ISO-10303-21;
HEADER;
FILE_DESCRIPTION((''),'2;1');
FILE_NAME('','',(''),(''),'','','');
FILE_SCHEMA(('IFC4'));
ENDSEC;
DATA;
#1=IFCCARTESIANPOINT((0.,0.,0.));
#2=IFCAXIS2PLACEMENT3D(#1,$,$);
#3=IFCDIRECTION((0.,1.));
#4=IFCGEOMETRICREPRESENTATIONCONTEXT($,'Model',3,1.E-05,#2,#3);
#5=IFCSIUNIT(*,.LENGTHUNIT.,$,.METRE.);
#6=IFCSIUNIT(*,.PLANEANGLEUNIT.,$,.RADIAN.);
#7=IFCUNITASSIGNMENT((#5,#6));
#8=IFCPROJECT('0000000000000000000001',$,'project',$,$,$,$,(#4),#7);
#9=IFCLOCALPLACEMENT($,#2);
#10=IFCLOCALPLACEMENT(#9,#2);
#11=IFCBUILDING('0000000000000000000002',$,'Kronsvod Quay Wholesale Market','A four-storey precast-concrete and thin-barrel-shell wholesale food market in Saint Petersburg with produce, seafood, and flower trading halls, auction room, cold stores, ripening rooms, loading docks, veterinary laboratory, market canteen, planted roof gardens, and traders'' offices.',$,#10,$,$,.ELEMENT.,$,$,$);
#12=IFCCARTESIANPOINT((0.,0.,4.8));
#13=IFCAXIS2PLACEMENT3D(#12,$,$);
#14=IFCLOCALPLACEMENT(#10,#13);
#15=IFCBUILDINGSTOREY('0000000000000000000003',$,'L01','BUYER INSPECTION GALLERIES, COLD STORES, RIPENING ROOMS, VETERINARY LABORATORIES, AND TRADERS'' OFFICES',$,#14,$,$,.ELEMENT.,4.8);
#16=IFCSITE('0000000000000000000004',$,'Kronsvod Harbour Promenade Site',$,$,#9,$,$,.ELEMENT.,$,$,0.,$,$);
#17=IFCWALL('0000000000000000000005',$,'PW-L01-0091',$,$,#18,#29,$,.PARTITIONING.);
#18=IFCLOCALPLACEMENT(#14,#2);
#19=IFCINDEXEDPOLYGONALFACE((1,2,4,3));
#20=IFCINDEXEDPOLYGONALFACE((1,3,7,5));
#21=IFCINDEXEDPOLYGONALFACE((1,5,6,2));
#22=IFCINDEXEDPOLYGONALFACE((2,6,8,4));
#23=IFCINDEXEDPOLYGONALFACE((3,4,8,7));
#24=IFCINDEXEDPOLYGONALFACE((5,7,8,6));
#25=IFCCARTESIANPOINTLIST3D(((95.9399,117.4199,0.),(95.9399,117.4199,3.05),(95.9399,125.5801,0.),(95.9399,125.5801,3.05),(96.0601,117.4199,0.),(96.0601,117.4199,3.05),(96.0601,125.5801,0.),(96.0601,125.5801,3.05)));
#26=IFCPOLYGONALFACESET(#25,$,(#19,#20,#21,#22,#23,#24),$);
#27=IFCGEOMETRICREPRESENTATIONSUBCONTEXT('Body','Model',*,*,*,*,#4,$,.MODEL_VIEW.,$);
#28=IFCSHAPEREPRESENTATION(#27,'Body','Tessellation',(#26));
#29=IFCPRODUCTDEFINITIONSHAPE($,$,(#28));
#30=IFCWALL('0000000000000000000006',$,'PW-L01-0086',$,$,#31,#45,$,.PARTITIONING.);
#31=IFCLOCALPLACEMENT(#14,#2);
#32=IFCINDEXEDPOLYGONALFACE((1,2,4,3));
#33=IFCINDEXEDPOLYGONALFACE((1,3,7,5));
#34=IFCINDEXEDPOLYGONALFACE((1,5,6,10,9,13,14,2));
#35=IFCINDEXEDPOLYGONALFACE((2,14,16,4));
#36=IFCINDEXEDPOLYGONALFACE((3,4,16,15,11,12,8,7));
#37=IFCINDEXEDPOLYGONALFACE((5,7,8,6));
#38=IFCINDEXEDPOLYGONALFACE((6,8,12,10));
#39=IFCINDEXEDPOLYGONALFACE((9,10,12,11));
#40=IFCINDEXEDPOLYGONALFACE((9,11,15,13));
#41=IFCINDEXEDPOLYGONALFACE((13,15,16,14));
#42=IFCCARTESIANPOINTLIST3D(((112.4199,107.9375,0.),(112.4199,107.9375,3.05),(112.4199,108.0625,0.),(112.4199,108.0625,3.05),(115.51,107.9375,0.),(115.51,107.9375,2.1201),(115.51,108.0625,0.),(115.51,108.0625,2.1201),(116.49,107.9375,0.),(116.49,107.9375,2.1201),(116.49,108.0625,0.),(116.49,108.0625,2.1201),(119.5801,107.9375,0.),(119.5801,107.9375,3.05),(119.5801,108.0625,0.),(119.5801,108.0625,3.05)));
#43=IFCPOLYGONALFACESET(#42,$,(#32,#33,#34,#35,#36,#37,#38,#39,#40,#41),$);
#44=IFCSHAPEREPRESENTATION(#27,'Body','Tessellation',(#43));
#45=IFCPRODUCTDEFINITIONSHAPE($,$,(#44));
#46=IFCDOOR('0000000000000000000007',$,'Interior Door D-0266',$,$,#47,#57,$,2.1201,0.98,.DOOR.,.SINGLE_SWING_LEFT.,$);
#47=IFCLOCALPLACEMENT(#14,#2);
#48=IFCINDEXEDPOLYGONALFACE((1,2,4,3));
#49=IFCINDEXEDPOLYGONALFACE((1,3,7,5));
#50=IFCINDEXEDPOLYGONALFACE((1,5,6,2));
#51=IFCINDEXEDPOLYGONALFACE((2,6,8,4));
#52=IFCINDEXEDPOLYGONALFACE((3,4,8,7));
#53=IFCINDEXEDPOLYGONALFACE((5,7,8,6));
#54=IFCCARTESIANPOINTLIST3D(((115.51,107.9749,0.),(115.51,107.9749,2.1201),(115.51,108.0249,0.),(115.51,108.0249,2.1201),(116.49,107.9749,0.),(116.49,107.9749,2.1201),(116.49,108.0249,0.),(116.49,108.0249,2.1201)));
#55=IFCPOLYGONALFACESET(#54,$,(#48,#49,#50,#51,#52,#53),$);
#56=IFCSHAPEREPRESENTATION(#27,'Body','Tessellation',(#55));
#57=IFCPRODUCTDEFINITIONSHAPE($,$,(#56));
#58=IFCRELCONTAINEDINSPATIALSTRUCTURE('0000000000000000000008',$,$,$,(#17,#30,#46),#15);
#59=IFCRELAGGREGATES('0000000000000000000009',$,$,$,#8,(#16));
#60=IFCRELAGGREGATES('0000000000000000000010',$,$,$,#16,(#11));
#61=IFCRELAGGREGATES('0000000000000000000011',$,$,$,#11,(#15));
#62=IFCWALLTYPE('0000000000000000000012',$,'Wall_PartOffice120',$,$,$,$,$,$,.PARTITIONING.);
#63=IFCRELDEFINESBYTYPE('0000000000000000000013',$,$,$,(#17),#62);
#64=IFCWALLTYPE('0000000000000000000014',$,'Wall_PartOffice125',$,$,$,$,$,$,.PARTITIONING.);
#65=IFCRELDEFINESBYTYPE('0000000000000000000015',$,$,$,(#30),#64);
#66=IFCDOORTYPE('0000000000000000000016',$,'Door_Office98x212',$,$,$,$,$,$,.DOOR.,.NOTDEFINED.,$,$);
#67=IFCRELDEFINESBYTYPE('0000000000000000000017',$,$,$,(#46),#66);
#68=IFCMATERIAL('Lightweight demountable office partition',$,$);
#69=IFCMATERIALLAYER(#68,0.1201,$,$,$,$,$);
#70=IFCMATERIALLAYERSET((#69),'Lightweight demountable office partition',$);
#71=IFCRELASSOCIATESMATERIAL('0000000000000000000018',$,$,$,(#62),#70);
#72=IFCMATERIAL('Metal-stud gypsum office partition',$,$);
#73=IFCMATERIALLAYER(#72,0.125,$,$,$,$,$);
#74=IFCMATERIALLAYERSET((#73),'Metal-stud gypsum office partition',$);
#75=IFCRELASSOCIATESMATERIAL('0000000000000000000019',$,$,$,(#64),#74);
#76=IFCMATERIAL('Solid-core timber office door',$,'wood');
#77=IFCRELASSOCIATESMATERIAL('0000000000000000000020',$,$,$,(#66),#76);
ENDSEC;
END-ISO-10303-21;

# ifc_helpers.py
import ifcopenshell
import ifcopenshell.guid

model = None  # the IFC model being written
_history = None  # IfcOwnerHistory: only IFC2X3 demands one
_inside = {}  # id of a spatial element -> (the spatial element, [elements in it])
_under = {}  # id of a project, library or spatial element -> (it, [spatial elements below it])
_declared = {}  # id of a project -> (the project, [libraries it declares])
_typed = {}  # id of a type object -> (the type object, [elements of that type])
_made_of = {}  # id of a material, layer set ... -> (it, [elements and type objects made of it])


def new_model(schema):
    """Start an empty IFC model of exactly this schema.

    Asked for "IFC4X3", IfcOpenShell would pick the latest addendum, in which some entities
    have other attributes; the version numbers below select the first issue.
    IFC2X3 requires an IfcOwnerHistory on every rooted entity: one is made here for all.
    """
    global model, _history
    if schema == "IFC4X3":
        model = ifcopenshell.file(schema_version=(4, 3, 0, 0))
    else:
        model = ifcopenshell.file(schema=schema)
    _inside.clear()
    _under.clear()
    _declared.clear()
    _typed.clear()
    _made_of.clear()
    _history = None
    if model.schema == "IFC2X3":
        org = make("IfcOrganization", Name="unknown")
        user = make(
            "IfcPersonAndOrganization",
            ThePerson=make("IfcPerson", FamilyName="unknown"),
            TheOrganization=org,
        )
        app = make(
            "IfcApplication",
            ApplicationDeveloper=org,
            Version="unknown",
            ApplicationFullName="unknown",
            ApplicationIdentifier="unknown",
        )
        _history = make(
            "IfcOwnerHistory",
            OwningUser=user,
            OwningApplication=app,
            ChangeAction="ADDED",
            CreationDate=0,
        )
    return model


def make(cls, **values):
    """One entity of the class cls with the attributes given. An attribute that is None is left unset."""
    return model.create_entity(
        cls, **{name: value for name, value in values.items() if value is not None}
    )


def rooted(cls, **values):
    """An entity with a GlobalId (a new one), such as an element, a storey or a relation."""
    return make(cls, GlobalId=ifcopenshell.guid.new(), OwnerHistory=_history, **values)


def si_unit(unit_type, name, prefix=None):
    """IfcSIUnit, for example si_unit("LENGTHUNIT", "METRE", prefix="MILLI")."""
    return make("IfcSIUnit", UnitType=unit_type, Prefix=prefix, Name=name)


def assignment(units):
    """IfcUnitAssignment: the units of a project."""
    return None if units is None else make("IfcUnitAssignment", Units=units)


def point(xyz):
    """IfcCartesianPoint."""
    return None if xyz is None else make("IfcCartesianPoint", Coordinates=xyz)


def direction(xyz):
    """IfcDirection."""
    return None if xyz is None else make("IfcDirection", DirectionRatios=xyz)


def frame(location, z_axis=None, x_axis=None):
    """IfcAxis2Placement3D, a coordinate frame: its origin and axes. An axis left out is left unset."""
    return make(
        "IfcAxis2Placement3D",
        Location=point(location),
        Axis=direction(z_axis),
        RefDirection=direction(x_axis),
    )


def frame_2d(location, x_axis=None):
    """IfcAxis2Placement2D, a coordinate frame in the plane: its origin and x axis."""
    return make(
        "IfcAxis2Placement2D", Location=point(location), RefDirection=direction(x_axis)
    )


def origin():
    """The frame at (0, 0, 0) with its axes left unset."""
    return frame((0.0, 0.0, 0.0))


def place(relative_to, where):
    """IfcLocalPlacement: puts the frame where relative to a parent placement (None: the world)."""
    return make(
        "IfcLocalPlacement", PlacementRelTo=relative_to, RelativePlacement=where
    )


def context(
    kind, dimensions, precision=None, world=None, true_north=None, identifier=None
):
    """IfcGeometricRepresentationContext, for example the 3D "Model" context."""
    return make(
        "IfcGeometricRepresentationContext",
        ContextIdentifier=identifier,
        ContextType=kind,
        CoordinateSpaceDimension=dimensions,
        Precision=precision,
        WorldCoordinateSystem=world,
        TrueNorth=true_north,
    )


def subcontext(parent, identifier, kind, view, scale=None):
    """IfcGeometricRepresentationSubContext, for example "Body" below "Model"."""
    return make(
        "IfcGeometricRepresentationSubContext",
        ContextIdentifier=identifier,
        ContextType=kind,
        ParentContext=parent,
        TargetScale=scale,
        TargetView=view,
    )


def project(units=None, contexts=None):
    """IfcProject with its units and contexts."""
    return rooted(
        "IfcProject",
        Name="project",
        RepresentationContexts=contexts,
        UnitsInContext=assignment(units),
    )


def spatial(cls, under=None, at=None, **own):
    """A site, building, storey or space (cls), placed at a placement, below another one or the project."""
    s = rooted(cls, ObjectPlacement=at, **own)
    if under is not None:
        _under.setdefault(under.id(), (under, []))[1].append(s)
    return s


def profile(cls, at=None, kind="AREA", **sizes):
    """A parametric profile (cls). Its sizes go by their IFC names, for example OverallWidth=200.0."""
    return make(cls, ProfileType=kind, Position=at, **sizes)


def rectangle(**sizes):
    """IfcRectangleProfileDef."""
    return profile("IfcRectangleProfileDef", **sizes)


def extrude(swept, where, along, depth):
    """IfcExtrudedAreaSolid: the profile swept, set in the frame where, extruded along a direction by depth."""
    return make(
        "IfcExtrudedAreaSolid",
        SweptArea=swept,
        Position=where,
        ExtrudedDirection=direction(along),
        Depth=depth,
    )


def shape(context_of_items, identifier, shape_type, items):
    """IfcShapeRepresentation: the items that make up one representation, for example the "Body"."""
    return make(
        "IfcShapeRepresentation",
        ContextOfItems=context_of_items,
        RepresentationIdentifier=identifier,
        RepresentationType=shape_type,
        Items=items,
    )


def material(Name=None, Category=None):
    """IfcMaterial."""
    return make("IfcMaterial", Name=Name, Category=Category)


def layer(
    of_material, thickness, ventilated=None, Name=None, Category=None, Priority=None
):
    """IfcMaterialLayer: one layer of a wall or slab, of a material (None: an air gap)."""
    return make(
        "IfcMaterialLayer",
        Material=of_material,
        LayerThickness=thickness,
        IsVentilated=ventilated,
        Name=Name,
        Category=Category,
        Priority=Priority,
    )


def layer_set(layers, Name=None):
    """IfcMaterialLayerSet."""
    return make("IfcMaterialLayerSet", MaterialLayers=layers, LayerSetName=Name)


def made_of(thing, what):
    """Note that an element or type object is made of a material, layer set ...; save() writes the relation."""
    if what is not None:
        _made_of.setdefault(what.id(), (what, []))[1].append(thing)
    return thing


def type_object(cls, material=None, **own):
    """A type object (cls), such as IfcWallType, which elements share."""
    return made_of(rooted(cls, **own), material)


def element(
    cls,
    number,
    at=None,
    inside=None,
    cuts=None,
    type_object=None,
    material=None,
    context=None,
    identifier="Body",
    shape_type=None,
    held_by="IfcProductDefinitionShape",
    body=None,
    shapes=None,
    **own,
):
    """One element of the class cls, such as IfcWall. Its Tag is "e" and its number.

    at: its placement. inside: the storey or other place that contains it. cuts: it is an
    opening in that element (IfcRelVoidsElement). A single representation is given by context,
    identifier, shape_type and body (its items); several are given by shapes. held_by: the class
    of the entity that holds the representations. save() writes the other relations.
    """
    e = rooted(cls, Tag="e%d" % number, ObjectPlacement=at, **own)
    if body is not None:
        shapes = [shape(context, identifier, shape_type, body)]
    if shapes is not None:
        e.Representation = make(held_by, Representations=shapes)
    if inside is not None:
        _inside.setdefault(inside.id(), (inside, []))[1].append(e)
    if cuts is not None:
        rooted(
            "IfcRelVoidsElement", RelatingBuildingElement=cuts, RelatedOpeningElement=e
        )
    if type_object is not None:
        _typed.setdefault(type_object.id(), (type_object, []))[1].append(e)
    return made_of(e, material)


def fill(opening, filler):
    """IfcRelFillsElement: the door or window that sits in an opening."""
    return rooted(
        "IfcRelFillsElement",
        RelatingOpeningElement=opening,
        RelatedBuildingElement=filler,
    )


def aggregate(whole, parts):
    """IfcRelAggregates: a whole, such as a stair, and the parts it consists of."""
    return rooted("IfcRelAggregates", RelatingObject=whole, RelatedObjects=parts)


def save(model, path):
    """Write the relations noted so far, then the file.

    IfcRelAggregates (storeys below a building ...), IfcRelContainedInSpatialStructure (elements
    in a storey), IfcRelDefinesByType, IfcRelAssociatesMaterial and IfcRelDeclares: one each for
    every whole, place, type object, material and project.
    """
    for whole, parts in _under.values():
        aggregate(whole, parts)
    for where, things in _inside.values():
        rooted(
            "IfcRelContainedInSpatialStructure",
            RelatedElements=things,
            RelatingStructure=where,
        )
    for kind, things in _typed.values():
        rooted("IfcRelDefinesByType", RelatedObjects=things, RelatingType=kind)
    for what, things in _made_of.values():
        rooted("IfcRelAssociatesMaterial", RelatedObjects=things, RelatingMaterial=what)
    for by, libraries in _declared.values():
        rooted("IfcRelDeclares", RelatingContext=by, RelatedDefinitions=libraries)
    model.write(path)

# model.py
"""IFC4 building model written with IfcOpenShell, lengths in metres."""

from ifc_helpers import new_model, si_unit, direction, frame, frame_2d, origin, place, context, subcontext, project, spatial, rectangle, extrude, material, layer, layer_set, type_object, element, fill, save


model = new_model("IFC4")

# Units and contexts
model_context = context("Model", 3, precision=1e-05, world=origin(), true_north=direction((0.0, 1.0)))
body_context = subcontext(model_context, "Body", "Model", "MODEL_VIEW")
ifc_project = project(units=[si_unit("LENGTHUNIT", "METRE"), si_unit("PLANEANGLEUNIT", "RADIAN")], contexts=[model_context])

# Site, building, storey
site_placement = place(None, origin())
site = spatial("IfcSite", under=ifc_project, at=site_placement, Name="Kronsvod Harbour Promenade Site", CompositionType="ELEMENT", RefElevation=0.0)
building_placement = place(site_placement, origin())
building = spatial("IfcBuilding", under=site, at=building_placement, Name="Kronsvod Quay Wholesale Market", Description="A four-storey precast-concrete and thin-barrel-shell wholesale food market in Saint Petersburg with produce, seafood, and flower trading halls, auction room, cold stores, ripening rooms, loading docks, veterinary laboratory, market canteen, planted roof gardens, and traders' offices.", CompositionType="ELEMENT")
storey_placement = place(building_placement, frame((0.0, 0.0, 4.8)))
storey = spatial("IfcBuildingStorey", under=building, at=storey_placement, Name="L01", Description="BUYER INSPECTION GALLERIES, COLD STORES, RIPENING ROOMS, VETERINARY LABORATORIES, AND TRADERS' OFFICES", CompositionType="ELEMENT", Elevation=4.8)

# Shared definitions
ifc_material_1 = material(Name="Lightweight demountable office partition")
ifc_layer_1 = layer(ifc_material_1, 0.1201)
ifc_layer_set_1 = layer_set([ifc_layer_1], Name="Lightweight demountable office partition")
wall_type_1 = type_object("IfcWallType", Name="Wall_PartOffice120", PredefinedType="PARTITIONING", material=ifc_layer_set_1)

# Wall
wall_1_placement = place(storey_placement, frame((96.0, 117.4199, 0.0), z_axis=(0.0, 0.0, 1.0), x_axis=(0.0, 1.0, 0.0)))
element("IfcWall", 1, at=wall_1_placement, inside=storey, type_object=wall_type_1, Name="PW-L01-0091", PredefinedType="PARTITIONING", context=body_context, shape_type="SweptSolid", body=[
    extrude(rectangle(XDim=8.1602, YDim=0.1201, at=frame_2d((4.0801, 0.0))), origin(), (0.0, 0.0, 1.0), 3.05),
])

# Wall, opening, door
ifc_material_2 = material(Name="Metal-stud gypsum office partition")
ifc_layer_2 = layer(ifc_material_2, 0.125)
ifc_layer_set_2 = layer_set([ifc_layer_2], Name="Metal-stud gypsum office partition")
wall_type_2 = type_object("IfcWallType", Name="Wall_PartOffice125", PredefinedType="PARTITIONING", material=ifc_layer_set_2)
wall_2_placement = place(storey_placement, frame((112.4199, 108.0, 0.0), z_axis=(0.0, 0.0, 1.0), x_axis=(1.0, 0.0, 0.0)))
wall_2 = element("IfcWall", 2, at=wall_2_placement, inside=storey, type_object=wall_type_2, Name="PW-L01-0086", PredefinedType="PARTITIONING", context=body_context, shape_type="SweptSolid", body=[
    extrude(rectangle(XDim=7.1602, YDim=0.125, at=frame_2d((3.5801, 0.0))), origin(), (0.0, 0.0, 1.0), 3.05),
])
opening_1_placement = place(wall_2_placement, frame((3.0901, 0.0, 0.0)))
opening_1 = element("IfcOpeningElement", 3, at=opening_1_placement, cuts=wall_2, PredefinedType="OPENING", context=body_context, shape_type="SweptSolid", body=[
    extrude(rectangle(XDim=0.98, YDim=2.1201, at=frame_2d((0.49, 1.0601))), frame((0.0, 0.0725, 0.0), z_axis=(0.0, -1.0, 0.0), x_axis=(1.0, 0.0, 0.0)), (0.0, 0.0, 1.0), 0.145),
])
ifc_material_3 = material(Name="Solid-core timber office door", Category="wood")
door_type_1 = type_object("IfcDoorType", Name="Door_Office98x212", OperationType="NOTDEFINED", PredefinedType="DOOR", material=ifc_material_3)
door_1_placement = place(opening_1_placement, origin())
door_1 = element("IfcDoor", 4, at=door_1_placement, inside=storey, type_object=door_type_1, Name="Interior Door D-0266", OperationType="SINGLE_SWING_LEFT", OverallHeight=2.1201, OverallWidth=0.98, PredefinedType="DOOR", context=body_context, shape_type="SweptSolid", body=[
    extrude(rectangle(XDim=0.98, YDim=2.1201, at=frame_2d((0.49, 1.0601))), frame((0.0, 0.0249, 0.0), z_axis=(0.0, -1.0, 0.0), x_axis=(1.0, 0.0, 0.0)), (0.0, 0.0, 1.0), 0.05),
])
fill(opening_1, door_1)

save(model, "model.ifc")
